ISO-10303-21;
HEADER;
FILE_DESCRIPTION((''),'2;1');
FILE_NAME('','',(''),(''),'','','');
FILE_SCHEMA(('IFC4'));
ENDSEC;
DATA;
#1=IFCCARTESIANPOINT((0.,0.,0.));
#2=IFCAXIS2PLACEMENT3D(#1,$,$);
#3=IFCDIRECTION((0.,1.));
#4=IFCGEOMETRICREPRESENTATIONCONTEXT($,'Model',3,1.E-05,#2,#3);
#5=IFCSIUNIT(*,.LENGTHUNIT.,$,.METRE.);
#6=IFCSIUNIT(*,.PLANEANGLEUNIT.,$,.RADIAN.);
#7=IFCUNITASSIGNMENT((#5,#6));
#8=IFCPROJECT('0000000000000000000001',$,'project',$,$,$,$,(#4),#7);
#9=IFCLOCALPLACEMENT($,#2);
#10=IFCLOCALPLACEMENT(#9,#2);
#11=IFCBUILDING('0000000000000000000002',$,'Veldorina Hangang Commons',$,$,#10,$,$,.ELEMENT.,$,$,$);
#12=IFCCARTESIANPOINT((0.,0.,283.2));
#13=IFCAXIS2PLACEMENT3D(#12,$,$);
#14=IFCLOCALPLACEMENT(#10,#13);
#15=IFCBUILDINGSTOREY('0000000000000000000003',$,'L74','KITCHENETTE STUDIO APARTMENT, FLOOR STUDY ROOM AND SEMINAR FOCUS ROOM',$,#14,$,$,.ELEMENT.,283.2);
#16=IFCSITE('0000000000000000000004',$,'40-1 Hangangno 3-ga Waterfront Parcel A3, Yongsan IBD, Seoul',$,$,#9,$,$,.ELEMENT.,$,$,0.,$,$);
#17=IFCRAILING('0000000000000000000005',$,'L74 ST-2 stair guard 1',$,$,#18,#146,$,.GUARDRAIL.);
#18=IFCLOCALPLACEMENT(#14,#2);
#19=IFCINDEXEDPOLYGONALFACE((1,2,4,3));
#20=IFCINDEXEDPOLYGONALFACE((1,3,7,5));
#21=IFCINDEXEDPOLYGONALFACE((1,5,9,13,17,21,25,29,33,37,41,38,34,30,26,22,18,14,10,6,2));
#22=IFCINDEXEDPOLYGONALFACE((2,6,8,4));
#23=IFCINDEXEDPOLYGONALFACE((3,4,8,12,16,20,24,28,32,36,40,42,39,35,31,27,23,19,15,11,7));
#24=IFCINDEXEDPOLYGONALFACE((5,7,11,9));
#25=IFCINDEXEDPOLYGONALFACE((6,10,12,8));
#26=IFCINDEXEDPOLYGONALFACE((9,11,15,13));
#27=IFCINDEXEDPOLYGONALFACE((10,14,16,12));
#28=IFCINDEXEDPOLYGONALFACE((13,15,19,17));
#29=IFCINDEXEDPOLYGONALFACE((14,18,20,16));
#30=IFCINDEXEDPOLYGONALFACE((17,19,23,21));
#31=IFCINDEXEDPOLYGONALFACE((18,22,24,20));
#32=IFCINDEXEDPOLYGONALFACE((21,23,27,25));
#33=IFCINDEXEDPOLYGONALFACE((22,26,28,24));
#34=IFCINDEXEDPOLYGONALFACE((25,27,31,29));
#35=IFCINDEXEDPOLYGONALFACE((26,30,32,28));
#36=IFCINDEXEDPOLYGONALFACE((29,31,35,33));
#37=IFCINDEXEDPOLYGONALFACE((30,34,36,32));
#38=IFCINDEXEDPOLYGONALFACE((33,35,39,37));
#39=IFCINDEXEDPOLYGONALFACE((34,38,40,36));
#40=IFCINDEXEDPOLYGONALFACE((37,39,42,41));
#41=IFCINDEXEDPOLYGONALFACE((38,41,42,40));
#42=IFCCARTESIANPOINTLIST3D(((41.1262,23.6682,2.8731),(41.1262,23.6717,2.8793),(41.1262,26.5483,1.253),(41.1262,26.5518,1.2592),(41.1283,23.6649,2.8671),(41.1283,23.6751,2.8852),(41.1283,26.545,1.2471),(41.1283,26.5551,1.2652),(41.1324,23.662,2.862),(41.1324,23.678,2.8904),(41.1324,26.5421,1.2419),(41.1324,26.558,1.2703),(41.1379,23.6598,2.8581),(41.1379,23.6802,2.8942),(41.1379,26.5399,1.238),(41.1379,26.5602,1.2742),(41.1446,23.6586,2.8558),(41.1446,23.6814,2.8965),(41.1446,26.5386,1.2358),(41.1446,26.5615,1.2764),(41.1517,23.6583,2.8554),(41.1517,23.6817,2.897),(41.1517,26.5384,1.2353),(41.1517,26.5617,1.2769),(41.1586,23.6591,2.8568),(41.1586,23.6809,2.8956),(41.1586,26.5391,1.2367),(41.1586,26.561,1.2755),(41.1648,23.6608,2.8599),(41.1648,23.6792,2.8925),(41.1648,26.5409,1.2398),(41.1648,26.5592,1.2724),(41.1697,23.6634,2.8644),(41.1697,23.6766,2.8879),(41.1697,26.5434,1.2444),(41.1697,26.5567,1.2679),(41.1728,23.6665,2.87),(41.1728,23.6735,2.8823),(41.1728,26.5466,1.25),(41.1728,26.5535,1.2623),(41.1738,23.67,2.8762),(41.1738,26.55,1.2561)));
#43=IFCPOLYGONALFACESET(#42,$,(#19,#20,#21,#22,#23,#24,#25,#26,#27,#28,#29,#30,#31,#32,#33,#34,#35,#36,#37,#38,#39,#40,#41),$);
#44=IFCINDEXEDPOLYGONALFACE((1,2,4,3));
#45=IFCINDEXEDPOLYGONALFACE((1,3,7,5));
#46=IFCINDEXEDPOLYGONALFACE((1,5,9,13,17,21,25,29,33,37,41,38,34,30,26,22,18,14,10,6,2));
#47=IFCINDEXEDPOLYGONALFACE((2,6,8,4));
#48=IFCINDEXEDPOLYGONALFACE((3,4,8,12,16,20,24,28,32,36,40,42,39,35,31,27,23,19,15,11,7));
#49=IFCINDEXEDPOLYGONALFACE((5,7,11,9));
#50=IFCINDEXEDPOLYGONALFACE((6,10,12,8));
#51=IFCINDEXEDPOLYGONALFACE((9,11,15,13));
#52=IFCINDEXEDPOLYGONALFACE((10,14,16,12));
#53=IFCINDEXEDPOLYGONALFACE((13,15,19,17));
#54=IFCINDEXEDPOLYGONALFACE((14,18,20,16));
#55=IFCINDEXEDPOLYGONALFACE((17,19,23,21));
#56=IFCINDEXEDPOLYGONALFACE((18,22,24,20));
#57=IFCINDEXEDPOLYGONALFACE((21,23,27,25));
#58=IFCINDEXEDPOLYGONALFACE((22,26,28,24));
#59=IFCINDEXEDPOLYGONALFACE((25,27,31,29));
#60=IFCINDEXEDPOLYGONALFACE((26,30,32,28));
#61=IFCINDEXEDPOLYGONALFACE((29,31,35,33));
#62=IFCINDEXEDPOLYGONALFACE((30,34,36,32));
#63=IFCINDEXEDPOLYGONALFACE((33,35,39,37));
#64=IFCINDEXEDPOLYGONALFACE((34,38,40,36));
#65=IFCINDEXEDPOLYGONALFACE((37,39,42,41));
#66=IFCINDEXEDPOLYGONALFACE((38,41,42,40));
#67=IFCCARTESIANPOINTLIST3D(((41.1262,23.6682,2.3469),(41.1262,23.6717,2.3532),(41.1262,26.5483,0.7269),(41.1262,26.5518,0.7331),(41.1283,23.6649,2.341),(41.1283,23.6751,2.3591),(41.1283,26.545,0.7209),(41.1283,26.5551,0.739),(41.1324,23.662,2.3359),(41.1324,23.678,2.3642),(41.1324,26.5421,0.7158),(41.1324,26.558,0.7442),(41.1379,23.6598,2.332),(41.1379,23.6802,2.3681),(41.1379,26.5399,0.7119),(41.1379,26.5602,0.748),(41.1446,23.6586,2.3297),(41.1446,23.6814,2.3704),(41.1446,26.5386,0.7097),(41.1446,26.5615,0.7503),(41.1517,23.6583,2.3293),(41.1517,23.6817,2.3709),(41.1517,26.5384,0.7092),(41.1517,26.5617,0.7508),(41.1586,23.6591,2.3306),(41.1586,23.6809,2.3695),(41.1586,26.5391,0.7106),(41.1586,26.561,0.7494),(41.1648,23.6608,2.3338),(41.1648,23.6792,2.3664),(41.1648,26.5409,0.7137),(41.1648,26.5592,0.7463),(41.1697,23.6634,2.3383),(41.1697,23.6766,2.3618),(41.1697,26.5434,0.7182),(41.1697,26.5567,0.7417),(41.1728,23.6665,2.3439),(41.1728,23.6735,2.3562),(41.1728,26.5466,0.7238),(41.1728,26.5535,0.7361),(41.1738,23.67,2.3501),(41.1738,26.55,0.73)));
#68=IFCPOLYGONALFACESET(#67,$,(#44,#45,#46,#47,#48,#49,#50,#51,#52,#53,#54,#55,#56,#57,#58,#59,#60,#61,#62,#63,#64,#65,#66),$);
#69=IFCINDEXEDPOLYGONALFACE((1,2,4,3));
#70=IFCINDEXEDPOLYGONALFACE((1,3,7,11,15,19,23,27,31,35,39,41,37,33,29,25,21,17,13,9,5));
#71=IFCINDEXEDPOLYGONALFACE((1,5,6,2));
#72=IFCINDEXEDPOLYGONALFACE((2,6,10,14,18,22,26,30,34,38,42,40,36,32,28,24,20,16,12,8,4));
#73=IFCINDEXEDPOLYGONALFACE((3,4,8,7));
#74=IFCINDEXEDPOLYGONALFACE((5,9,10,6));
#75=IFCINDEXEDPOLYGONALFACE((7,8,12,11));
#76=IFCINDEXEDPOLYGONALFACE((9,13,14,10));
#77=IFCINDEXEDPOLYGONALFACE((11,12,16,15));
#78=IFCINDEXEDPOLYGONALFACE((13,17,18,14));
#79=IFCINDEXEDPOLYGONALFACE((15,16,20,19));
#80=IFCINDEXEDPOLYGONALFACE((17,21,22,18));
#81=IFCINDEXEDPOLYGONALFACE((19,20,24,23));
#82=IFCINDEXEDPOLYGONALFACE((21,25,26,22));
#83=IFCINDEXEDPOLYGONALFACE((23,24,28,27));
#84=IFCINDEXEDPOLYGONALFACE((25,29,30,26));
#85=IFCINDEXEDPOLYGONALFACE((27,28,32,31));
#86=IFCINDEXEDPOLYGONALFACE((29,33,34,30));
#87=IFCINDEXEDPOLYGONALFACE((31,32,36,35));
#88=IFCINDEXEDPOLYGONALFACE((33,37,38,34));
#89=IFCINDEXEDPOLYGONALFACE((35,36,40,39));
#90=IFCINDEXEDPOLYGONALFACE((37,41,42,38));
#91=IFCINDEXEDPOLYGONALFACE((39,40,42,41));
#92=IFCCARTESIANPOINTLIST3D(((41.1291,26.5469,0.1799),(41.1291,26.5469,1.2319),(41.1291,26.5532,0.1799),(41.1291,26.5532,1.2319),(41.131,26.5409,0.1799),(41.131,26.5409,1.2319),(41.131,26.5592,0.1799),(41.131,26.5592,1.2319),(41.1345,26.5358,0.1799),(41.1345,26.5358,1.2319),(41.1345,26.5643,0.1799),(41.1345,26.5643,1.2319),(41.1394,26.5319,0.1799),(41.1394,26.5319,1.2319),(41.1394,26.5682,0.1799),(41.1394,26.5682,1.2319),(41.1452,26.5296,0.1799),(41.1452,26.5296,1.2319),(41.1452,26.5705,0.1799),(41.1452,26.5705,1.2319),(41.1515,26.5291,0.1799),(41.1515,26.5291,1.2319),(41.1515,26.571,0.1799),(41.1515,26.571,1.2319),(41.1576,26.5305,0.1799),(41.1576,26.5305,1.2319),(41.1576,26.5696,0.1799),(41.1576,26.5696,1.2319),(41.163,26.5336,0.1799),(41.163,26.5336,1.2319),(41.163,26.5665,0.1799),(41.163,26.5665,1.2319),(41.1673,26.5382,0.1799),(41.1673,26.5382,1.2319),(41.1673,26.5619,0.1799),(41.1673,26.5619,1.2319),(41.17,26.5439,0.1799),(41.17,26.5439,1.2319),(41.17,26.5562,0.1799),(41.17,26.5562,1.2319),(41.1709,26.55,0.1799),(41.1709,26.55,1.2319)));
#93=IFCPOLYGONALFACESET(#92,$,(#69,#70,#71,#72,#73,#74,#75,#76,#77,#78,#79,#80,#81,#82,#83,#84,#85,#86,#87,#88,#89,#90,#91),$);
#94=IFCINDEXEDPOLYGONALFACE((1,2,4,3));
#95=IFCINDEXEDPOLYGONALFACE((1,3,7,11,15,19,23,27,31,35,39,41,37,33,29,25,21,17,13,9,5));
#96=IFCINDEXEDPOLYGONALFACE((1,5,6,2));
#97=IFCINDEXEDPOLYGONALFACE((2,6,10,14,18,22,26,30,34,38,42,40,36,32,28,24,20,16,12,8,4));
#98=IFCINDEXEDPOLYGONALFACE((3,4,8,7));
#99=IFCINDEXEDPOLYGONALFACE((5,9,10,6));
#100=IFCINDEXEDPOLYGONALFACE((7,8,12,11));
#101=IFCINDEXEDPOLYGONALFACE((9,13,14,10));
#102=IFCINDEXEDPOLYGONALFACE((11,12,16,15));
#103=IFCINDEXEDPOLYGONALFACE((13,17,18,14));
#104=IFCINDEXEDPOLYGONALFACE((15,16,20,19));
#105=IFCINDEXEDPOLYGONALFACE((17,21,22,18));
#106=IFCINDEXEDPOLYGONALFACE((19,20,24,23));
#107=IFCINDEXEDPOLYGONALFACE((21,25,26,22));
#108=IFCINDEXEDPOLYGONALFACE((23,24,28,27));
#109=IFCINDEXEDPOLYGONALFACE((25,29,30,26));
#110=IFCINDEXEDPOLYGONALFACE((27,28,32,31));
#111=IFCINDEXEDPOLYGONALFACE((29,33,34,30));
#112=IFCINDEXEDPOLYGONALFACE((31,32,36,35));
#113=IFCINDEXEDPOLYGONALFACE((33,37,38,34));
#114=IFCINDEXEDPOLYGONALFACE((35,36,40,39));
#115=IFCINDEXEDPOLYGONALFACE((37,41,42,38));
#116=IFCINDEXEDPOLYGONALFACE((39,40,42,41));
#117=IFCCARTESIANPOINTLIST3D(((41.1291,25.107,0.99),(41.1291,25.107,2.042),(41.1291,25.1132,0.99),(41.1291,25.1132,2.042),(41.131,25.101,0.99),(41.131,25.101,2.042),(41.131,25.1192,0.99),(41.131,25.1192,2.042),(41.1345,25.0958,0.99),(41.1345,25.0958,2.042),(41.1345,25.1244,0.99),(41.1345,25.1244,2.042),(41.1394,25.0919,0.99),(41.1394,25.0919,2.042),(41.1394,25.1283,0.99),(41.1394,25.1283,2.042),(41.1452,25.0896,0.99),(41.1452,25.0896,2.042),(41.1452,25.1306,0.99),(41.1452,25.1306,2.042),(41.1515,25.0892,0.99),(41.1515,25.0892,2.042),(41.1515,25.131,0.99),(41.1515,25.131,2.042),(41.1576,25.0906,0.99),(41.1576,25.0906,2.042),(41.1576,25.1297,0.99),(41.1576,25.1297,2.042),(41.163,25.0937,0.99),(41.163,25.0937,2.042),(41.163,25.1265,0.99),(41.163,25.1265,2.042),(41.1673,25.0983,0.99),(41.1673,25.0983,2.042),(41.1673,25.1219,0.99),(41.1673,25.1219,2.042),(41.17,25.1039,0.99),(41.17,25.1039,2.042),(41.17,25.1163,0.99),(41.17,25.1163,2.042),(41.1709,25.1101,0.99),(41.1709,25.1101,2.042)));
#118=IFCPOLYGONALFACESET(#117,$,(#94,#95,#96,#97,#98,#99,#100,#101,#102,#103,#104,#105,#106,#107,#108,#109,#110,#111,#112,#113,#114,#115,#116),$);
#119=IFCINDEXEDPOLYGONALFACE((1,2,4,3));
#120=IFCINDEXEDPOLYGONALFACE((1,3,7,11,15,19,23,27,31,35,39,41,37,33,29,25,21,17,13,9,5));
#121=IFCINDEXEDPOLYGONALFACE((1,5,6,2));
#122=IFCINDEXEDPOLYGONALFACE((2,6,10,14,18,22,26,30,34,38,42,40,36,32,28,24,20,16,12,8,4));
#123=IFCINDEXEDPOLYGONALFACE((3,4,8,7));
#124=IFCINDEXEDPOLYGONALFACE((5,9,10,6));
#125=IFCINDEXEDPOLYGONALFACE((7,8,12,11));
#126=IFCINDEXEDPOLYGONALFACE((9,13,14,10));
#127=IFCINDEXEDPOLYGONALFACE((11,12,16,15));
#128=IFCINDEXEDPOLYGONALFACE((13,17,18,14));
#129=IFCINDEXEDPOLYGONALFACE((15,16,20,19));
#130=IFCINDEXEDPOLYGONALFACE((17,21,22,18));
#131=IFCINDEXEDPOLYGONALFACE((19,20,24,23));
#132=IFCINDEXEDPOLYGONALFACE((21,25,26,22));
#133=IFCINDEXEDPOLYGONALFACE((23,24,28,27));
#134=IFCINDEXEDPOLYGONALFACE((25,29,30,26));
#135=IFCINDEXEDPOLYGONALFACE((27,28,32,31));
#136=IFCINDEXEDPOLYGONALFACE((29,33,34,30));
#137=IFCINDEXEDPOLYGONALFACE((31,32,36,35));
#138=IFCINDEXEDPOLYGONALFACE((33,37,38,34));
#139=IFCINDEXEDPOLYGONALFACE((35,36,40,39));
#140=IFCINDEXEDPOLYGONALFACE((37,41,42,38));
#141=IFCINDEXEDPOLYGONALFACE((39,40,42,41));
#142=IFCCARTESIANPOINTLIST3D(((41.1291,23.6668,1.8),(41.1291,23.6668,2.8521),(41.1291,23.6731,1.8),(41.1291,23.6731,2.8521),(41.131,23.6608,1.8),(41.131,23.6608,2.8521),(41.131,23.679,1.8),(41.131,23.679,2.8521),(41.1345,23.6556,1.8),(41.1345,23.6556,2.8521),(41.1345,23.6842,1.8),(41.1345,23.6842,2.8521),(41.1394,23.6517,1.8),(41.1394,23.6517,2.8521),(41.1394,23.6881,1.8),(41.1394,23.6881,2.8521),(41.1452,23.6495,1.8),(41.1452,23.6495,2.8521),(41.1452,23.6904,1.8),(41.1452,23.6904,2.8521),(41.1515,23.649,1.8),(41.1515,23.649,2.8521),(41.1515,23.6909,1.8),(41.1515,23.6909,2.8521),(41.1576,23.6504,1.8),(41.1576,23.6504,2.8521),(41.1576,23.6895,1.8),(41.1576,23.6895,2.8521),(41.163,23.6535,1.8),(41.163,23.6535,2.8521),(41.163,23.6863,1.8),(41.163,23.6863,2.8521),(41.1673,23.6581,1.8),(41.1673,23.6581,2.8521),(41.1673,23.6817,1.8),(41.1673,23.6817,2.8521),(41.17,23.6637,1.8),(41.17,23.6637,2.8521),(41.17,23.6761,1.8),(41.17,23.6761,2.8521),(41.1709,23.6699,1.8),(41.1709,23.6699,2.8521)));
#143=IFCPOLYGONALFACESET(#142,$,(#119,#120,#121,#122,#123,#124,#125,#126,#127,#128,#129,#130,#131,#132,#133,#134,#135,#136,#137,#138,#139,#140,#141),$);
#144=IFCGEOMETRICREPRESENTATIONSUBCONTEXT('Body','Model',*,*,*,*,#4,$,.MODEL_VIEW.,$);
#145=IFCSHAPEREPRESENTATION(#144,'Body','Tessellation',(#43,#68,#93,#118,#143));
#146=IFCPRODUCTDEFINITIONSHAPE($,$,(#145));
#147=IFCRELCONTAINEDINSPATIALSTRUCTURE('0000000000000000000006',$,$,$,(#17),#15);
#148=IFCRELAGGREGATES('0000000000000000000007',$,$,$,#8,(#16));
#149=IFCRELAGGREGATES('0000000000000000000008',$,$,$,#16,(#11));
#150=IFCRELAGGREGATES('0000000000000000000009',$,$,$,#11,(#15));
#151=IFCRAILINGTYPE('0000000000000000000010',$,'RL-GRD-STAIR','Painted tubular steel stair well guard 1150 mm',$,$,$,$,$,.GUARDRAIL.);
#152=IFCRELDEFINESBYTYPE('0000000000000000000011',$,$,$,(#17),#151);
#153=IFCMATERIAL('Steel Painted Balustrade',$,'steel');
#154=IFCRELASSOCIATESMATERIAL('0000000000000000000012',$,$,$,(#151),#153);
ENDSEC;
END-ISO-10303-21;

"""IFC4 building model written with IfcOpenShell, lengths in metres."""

from ifc_helpers import new_model, si_unit, direction, frame, origin, origin_2d, place, context, subcontext, project, spatial, circle, extrude, material, type_object, element, save


model = new_model("IFC4")

# Units and contexts
model_context = context("Model", 3, precision=1e-05, world=origin(), true_north=direction((0.0, 1.0)))
body_context = subcontext(model_context, "Body", "Model", "MODEL_VIEW")
ifc_project = project(units=[si_unit("LENGTHUNIT", "METRE"), si_unit("PLANEANGLEUNIT", "RADIAN")], contexts=[model_context])

# Site, building, storey
site_placement = place(None, origin())
site = spatial("IfcSite", under=ifc_project, at=site_placement, Name="40-1 Hangangno 3-ga Waterfront Parcel A3, Yongsan IBD, Seoul", CompositionType="ELEMENT", RefElevation=0.0)
building_placement = place(site_placement, origin())
building = spatial("IfcBuilding", under=site, at=building_placement, Name="Veldorina Hangang Commons", CompositionType="ELEMENT")
storey_placement = place(building_placement, frame((0.0, 0.0, 283.2)))
storey = spatial("IfcBuildingStorey", under=building, at=storey_placement, Name="L74", Description="KITCHENETTE STUDIO APARTMENT, FLOOR STUDY ROOM AND SEMINAR FOCUS ROOM", CompositionType="ELEMENT", Elevation=283.2)

# Railing
ifc_material_1 = material(Name="Steel Painted Balustrade", Category="steel")
railing_type_1 = type_object("IfcRailingType", Name="RL-GRD-STAIR", Description="Painted tubular steel stair well guard 1150 mm", PredefinedType="GUARDRAIL", material=ifc_material_1)
railing_1_placement = place(storey_placement, frame((41.1499, 26.55, 0.1799)))
element("IfcRailing", 1, at=railing_1_placement, inside=storey, type_object=railing_type_1, Name="L74 ST-2 stair guard 1", PredefinedType="GUARDRAIL", context=body_context, shape_type="SweptSolid", body=[
    extrude(circle(Radius=0.0239, at=origin_2d()), frame((0.0, 0.0, 1.0762), z_axis=(0.0, -0.87157, 0.490272), x_axis=(1.0, 0.0, 0.0)), (0.0, 0.0, 1.0), 3.3044),
    extrude(circle(Radius=0.0239, at=origin_2d()), frame((0.0, 0.0, 0.55), z_axis=(0.0, -0.87157, 0.490272), x_axis=(1.0, 0.0, 0.0)), (0.0, 0.0, 1.0), 3.3044),
    extrude(circle(Radius=0.021, at=origin_2d()), origin(), (0.0, 0.0, 1.0), 1.052),
    extrude(circle(Radius=0.021, at=origin_2d()), frame((0.0, -1.4399, 0.8101)), (0.0, 0.0, 1.0), 1.052),
    extrude(circle(Radius=0.021, at=origin_2d()), frame((0.0, -2.8801, 1.6201)), (0.0, 0.0, 1.0), 1.052),
])

save(model, "model.ifc")
